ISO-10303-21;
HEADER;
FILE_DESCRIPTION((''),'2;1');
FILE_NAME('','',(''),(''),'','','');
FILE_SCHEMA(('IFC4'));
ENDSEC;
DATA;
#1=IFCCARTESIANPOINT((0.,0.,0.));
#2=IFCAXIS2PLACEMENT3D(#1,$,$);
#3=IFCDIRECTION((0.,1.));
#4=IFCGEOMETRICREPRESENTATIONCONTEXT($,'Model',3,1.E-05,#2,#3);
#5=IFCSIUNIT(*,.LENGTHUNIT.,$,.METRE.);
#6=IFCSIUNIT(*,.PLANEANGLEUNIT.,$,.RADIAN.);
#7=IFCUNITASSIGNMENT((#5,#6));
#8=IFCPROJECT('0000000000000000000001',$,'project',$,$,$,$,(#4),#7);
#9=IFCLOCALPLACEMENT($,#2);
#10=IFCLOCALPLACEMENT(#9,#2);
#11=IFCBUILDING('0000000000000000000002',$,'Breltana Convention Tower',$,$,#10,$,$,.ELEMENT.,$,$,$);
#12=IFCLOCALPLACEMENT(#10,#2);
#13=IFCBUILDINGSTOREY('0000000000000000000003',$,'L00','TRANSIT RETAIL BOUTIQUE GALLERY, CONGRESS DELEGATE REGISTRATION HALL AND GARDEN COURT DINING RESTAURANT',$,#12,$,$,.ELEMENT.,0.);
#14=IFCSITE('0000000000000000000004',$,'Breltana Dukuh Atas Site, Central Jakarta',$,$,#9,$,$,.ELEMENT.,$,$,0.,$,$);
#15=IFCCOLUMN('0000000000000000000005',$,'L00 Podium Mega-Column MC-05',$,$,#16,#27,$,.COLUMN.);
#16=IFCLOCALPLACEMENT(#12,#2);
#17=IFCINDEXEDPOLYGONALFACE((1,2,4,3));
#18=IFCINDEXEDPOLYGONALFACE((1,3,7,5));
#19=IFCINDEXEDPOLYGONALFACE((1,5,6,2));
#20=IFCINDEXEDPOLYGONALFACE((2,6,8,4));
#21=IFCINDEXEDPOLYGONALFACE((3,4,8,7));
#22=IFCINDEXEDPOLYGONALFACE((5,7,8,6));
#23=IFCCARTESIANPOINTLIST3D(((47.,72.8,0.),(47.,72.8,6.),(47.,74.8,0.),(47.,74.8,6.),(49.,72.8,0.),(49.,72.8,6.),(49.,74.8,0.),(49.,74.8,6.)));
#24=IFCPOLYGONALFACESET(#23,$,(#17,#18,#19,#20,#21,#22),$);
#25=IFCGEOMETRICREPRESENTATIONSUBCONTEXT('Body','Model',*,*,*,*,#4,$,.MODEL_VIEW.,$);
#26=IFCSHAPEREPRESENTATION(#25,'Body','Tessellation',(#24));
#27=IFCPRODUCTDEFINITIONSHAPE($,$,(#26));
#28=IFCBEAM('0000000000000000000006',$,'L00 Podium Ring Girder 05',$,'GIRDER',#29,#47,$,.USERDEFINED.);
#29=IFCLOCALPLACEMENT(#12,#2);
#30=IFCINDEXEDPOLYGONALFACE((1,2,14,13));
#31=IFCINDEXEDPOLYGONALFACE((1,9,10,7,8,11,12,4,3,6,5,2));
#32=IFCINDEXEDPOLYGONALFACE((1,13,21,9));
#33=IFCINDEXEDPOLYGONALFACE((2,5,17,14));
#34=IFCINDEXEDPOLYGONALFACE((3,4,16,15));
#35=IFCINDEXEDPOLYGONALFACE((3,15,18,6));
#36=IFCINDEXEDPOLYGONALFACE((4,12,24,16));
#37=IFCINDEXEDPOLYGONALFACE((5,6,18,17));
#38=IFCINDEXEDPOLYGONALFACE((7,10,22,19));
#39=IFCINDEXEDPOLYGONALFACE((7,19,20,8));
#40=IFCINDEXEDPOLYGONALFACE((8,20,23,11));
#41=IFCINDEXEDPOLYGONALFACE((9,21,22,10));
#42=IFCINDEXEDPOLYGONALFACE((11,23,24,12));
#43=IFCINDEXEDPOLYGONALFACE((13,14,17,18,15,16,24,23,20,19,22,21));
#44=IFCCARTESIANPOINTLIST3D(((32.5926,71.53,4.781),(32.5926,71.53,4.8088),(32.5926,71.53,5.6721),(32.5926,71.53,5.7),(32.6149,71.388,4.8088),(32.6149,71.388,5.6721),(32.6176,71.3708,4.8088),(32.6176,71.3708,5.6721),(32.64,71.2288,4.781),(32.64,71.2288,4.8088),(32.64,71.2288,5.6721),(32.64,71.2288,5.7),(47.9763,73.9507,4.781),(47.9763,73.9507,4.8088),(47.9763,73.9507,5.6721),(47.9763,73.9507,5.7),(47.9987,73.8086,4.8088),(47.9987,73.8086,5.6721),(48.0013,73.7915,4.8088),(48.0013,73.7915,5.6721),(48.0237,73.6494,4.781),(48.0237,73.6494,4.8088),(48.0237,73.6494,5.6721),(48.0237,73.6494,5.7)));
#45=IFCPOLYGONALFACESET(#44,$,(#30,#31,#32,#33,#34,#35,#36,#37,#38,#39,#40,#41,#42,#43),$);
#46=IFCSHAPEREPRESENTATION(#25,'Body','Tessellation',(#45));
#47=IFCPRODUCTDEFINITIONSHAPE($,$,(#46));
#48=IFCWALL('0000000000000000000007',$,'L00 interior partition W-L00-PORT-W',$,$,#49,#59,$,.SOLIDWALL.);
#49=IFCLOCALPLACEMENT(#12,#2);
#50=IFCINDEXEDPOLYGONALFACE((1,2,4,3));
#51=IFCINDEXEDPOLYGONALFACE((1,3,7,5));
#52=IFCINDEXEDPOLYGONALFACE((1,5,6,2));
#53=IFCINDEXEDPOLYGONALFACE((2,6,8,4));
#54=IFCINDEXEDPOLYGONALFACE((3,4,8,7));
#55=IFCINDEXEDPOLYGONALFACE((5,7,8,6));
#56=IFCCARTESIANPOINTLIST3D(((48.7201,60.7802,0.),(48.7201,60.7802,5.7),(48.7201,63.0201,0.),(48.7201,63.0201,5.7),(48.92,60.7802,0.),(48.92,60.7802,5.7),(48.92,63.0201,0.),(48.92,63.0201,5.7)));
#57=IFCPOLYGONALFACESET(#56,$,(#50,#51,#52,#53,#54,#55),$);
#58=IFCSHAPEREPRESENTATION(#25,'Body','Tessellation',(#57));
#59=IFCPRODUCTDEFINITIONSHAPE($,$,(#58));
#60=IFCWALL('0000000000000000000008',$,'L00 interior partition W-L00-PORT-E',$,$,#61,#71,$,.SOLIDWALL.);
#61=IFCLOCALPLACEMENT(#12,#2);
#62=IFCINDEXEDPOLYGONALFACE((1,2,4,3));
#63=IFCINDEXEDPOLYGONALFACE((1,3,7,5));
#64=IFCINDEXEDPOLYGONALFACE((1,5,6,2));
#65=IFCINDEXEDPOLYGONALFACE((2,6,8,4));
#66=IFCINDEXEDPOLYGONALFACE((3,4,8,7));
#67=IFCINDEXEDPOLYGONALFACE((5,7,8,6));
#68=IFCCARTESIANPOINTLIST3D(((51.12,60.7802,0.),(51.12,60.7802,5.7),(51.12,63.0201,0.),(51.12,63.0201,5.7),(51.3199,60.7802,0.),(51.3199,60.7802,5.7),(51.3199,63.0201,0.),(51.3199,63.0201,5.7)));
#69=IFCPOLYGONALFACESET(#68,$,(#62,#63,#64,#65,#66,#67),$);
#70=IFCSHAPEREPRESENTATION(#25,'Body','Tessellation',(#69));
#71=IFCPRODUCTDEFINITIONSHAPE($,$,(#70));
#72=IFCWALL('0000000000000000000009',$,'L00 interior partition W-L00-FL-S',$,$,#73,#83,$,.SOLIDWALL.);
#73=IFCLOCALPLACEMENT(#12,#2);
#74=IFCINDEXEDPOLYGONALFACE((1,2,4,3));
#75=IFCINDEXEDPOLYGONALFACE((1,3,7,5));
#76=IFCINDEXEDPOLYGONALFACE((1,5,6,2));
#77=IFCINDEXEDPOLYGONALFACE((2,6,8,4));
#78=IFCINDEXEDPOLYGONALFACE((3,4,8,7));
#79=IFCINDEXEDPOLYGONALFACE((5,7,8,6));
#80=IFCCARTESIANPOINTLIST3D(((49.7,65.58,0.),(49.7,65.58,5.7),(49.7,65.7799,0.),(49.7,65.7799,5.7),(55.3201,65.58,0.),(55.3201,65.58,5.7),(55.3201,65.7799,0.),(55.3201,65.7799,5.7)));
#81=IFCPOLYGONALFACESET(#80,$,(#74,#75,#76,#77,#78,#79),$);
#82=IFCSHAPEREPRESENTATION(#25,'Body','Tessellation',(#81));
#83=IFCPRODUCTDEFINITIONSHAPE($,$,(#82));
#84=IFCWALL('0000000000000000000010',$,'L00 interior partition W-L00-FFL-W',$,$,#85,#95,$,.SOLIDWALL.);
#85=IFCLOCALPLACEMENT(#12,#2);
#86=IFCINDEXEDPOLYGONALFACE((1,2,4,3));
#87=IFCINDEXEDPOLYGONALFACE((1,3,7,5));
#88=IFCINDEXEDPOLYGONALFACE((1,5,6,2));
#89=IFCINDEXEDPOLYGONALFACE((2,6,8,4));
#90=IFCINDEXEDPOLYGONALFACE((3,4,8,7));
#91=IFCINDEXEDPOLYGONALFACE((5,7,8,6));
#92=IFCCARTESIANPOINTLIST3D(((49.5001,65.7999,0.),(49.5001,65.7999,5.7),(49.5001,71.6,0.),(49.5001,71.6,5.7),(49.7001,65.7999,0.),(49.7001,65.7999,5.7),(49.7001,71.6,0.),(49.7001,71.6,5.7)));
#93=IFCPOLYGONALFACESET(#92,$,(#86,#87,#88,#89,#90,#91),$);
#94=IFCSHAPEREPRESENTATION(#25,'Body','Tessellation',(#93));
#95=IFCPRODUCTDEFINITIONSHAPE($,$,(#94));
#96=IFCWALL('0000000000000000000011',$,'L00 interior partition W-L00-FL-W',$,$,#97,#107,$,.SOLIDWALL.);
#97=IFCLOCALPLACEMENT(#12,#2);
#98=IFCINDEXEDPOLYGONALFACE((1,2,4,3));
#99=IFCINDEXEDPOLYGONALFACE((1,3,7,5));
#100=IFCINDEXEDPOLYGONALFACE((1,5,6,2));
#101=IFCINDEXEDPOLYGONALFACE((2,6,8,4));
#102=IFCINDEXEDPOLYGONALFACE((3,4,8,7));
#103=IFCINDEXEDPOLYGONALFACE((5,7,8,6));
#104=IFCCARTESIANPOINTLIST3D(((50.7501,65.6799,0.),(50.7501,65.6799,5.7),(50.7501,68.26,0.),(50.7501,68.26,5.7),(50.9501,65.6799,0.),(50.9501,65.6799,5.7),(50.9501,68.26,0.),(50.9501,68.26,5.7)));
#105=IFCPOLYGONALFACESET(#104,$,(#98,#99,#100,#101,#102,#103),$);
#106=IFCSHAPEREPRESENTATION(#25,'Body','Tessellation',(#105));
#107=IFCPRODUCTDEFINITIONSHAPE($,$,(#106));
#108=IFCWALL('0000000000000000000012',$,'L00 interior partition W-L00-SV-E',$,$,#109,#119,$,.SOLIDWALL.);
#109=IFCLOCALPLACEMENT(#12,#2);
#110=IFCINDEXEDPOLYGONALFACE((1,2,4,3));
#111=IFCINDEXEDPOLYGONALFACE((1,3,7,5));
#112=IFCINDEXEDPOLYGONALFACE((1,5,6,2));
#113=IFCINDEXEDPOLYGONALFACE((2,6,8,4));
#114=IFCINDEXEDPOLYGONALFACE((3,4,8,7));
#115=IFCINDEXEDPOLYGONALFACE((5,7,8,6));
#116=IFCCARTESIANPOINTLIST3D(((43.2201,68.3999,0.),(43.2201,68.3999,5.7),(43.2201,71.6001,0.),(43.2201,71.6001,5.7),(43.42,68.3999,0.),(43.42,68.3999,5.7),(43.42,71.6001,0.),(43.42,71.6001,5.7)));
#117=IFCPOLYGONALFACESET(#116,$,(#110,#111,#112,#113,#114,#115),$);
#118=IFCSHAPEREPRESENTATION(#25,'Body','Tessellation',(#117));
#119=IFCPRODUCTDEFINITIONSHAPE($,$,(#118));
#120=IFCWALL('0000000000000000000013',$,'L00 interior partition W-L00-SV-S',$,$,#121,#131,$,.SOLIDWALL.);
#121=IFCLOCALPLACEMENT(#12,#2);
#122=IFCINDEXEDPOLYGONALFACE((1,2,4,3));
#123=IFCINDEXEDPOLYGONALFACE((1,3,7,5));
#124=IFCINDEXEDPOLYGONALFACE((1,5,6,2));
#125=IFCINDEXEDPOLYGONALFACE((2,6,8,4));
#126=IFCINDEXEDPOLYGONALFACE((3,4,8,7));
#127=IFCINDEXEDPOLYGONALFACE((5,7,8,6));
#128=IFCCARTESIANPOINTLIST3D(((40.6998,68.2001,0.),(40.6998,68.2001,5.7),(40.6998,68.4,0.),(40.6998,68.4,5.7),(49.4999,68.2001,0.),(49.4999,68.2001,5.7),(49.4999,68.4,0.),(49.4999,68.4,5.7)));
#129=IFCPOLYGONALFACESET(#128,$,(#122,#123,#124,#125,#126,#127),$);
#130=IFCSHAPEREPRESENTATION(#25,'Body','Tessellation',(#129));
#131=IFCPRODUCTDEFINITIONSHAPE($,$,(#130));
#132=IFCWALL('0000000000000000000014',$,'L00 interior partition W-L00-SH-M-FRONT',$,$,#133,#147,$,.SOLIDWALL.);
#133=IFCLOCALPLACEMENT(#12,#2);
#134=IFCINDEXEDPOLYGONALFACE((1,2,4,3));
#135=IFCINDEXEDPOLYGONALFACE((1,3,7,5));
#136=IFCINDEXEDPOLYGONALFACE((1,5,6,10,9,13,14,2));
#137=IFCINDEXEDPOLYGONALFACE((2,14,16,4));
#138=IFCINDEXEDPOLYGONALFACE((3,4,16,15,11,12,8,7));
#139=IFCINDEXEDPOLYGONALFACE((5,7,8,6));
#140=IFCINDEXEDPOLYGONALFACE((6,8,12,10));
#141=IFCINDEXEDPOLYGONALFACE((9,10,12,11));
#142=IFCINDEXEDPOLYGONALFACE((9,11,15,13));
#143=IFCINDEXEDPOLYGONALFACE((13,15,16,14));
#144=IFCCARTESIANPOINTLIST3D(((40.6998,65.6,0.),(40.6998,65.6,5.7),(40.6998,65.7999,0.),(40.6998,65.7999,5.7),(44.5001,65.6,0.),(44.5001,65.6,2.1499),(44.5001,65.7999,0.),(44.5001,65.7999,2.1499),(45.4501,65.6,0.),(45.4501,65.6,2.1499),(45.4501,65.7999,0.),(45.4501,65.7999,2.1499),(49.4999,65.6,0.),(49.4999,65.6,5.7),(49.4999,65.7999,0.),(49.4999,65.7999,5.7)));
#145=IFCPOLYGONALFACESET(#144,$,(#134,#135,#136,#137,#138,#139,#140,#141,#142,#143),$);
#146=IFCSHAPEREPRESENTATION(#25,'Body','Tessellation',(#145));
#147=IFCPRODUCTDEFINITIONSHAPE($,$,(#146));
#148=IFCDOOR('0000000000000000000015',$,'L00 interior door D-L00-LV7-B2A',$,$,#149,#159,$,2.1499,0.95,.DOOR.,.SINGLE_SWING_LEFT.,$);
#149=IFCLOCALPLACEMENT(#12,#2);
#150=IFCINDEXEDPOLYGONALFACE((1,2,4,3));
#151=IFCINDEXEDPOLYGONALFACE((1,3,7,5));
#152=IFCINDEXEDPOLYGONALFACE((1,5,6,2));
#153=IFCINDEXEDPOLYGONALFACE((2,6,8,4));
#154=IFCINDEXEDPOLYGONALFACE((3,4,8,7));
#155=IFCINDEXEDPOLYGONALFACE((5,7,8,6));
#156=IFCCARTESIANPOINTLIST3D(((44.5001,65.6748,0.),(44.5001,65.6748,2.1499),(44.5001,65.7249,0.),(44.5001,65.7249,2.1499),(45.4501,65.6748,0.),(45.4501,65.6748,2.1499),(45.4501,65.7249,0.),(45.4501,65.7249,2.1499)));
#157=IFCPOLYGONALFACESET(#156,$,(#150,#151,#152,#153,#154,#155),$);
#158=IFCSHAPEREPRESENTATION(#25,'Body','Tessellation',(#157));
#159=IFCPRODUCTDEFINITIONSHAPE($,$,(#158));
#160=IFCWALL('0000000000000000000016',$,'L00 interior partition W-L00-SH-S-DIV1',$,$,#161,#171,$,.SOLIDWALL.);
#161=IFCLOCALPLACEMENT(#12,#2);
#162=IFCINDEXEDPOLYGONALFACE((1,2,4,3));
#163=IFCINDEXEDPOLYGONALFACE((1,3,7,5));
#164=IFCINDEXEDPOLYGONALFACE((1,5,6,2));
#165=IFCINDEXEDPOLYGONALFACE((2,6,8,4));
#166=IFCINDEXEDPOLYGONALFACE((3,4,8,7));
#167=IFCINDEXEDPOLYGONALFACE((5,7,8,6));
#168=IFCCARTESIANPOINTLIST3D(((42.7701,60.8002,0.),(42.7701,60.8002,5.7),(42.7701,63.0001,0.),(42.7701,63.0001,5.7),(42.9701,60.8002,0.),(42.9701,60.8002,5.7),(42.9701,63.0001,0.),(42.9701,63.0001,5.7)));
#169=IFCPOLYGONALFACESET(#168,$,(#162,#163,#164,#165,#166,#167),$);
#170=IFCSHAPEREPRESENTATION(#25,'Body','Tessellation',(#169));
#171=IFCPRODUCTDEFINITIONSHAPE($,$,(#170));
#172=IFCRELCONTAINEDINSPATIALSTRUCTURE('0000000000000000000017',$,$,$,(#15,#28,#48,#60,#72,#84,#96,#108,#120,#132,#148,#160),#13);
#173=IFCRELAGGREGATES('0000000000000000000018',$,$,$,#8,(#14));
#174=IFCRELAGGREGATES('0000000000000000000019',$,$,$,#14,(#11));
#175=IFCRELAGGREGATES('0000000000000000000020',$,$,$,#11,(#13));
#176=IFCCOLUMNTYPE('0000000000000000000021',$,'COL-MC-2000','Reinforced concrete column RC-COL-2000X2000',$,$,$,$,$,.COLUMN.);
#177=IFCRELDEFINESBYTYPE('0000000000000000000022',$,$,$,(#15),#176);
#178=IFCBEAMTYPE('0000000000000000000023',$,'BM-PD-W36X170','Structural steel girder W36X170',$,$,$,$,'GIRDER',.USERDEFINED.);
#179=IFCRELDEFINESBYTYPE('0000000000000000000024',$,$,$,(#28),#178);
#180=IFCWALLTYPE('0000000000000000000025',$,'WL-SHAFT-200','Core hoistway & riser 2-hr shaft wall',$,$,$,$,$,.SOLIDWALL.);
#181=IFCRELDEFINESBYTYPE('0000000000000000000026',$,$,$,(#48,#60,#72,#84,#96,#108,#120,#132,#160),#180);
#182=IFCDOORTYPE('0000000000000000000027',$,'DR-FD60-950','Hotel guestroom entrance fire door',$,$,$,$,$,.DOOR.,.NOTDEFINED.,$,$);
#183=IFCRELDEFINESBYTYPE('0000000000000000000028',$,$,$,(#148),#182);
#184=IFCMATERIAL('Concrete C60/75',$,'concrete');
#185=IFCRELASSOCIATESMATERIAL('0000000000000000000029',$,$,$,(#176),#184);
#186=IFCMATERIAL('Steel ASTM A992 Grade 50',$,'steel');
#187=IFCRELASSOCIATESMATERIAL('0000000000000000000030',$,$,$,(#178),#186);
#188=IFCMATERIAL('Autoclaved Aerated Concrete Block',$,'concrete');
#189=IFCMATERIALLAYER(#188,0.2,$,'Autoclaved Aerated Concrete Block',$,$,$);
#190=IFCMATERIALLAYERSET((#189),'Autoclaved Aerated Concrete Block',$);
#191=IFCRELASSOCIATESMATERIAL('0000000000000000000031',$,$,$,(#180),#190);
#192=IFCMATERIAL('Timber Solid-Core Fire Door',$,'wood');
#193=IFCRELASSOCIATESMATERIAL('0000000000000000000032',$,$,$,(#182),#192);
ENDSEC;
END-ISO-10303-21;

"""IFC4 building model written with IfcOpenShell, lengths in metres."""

from ifc_helpers import new_model, si_unit, direction, frame, frame_2d, origin, origin_2d, place, context, subcontext, project, spatial, rectangle, i_section, extrude, source, transform, mapped, material, layer, layer_set, material_profile, profile_set, type_object, type_shapes, element, fill, save


model = new_model("IFC4")

# Units and contexts
model_context = context("Model", 3, precision=1e-05, world=origin(), true_north=direction((0.0, 1.0)))
body_context = subcontext(model_context, "Body", "Model", "MODEL_VIEW")
ifc_project = project(units=[si_unit("LENGTHUNIT", "METRE"), si_unit("PLANEANGLEUNIT", "RADIAN")], contexts=[model_context])

# Site, building, storey
site_placement = place(None, origin())
site = spatial("IfcSite", under=ifc_project, at=site_placement, Name="Breltana Dukuh Atas Site, Central Jakarta", CompositionType="ELEMENT", RefElevation=0.0)
building_placement = place(site_placement, origin())
building = spatial("IfcBuilding", under=site, at=building_placement, Name="Breltana Convention Tower", CompositionType="ELEMENT")
storey_placement = place(building_placement, origin())
storey = spatial("IfcBuildingStorey", under=building, at=storey_placement, Name="L00", Description="TRANSIT RETAIL BOUTIQUE GALLERY, CONGRESS DELEGATE REGISTRATION HALL AND GARDEN COURT DINING RESTAURANT", CompositionType="ELEMENT", Elevation=0.0)

# Column
ifc_material_1 = material(Name="Concrete C60/75", Category="concrete")
ifc_material_profile_1 = material_profile(ifc_material_1, rectangle(XDim=2.0, YDim=2.0, at=origin_2d()), Name="RC-COL-2000X2000")
ifc_profile_set_1 = profile_set([ifc_material_profile_1], Name="Concrete C60/75")
column_type = type_object("IfcColumnType", Name="COL-MC-2000", Description="Reinforced concrete column RC-COL-2000X2000", PredefinedType="COLUMN", material=ifc_profile_set_1)
shared_shape_1 = source(origin(), body_context, "Body", "SweptSolid", [
    extrude(rectangle(XDim=2.0, YDim=2.0, at=origin_2d()), origin(), (0.0, 0.0, 1.0), 6.0),
])
column_placement = place(storey_placement, frame((48.0, 73.8, 0.0), z_axis=(0.0, 0.0, 1.0), x_axis=(0.0, 1.0, 0.0)))
element("IfcColumn", 1, at=column_placement, inside=storey, type_object=column_type, Name="L00 Podium Mega-Column MC-05", PredefinedType="COLUMN", context=body_context, shape_type="MappedRepresentation", body=[
    mapped(shared_shape_1, transform((0.0, 0.0, 0.0), scale=1.0)),
])

# Beam
ifc_material_2 = material(Name="Steel ASTM A992 Grade 50", Category="steel")
ifc_material_profile_2 = material_profile(ifc_material_2, i_section(OverallWidth=0.3049, OverallDepth=0.9189, WebThickness=0.0173, FlangeThickness=0.0278, at=origin_2d()), Name="W36X170")
ifc_profile_set_2 = profile_set([ifc_material_profile_2], Name="Steel ASTM A992 Grade 50")
beam_type = type_object("IfcBeamType", Name="BM-PD-W36X170", Description="Structural steel girder W36X170", ElementType="GIRDER", PredefinedType="USERDEFINED", material=ifc_profile_set_2)
shared_shape_2 = source(origin(), body_context, "Body", "SweptSolid", [
    extrude(i_section(OverallWidth=0.3049, OverallDepth=0.9189, WebThickness=0.0173, FlangeThickness=0.0278, at=origin_2d()), origin(), (0.0, 0.0, 1.0), 15.573),
])
beam_placement = place(storey_placement, frame((48.0, 73.8, 5.2405), z_axis=(-0.987846, -0.155438, 0.0), x_axis=(0.155438, -0.987846, 0.0)))
element("IfcBeam", 2, at=beam_placement, inside=storey, type_object=beam_type, Name="L00 Podium Ring Girder 05", ObjectType="GIRDER", PredefinedType="USERDEFINED", context=body_context, shape_type="MappedRepresentation", body=[
    mapped(shared_shape_2, transform((0.0, 0.0, 0.0), scale=1.0)),
])

# Walls
ifc_material_3 = material(Name="Autoclaved Aerated Concrete Block", Category="concrete")
ifc_layer_1 = layer(ifc_material_3, 0.2, Name="Autoclaved Aerated Concrete Block")
ifc_layer_set_1 = layer_set([ifc_layer_1], Name="Autoclaved Aerated Concrete Block")
wall_type_1 = type_object("IfcWallType", Name="WL-SHAFT-200", Description="Core hoistway & riser 2-hr shaft wall", PredefinedType="SOLIDWALL", material=ifc_layer_set_1)
shared_shape_3 = source(origin(), body_context, "Body", "SweptSolid", [
    extrude(rectangle(XDim=2.24, YDim=0.2, at=frame_2d((1.1201, 0.0))), origin(), (0.0, 0.0, 1.0), 5.7),
])
for number, where, z_axis, x_axis, name in (
    (3, (48.8201, 60.78, 0.0), (0.0, 0.0, 1.0), (0.0, 1.0, 0.0), "L00 interior partition W-L00-PORT-W"),
    (4, (51.22, 60.78, 0.0), (0.0, 0.0, 1.0), (0.0, 1.0, 0.0), "L00 interior partition W-L00-PORT-E"),
):
    element("IfcWall", number, at=place(storey_placement, frame(where, z_axis=z_axis, x_axis=x_axis)), inside=storey, type_object=wall_type_1, Name=name, PredefinedType="SOLIDWALL", context=body_context, shape_type="MappedRepresentation", body=[
        mapped(shared_shape_3, transform((0.0, 0.0, 0.0), scale=1.0)),
    ])

# Shared definitions
shared_shape_4 = source(origin(), body_context, "Body", "SweptSolid", [
    extrude(rectangle(XDim=5.6201, YDim=0.2, at=frame_2d((2.8101, 0.0))), origin(), (0.0, 0.0, 1.0), 5.7),
])

# Walls
wall_1_placement = place(storey_placement, frame((49.7, 65.6799, 0.0), z_axis=(0.0, 0.0, 1.0), x_axis=(1.0, 0.0, 0.0)))
element("IfcWall", 5, at=wall_1_placement, inside=storey, type_object=wall_type_1, Name="L00 interior partition W-L00-FL-S", PredefinedType="SOLIDWALL", context=body_context, shape_type="MappedRepresentation", body=[
    mapped(shared_shape_4, transform((0.0, 0.0, 0.0), scale=1.0)),
])
shared_shape_5 = source(origin(), body_context, "Body", "SweptSolid", [
    extrude(rectangle(XDim=5.8, YDim=0.2, at=frame_2d((2.8999, 0.0))), origin(), (0.0, 0.0, 1.0), 5.7),
])
wall_2_placement = place(storey_placement, frame((49.6001, 65.8, 0.0), z_axis=(0.0, 0.0, 1.0), x_axis=(0.0, 1.0, 0.0)))
element("IfcWall", 6, at=wall_2_placement, inside=storey, type_object=wall_type_1, Name="L00 interior partition W-L00-FFL-W", PredefinedType="SOLIDWALL", context=body_context, shape_type="MappedRepresentation", body=[
    mapped(shared_shape_5, transform((0.0, 0.0, 0.0), scale=1.0)),
])
shared_shape_6 = source(origin(), body_context, "Body", "SweptSolid", [
    extrude(rectangle(XDim=2.5801, YDim=0.2, at=frame_2d((1.29, 0.0))), origin(), (0.0, 0.0, 1.0), 5.7),
])
wall_3_placement = place(storey_placement, frame((50.8501, 65.6799, 0.0), z_axis=(0.0, 0.0, 1.0), x_axis=(0.0, 1.0, 0.0)))
element("IfcWall", 7, at=wall_3_placement, inside=storey, type_object=wall_type_1, Name="L00 interior partition W-L00-FL-W", PredefinedType="SOLIDWALL", context=body_context, shape_type="MappedRepresentation", body=[
    mapped(shared_shape_6, transform((0.0, 0.0, 0.0), scale=1.0)),
])
shared_shape_7 = source(origin(), body_context, "Body", "SweptSolid", [
    extrude(rectangle(XDim=3.2002, YDim=0.2, at=frame_2d((1.6001, 0.0))), origin(), (0.0, 0.0, 1.0), 5.7),
])
wall_4_placement = place(storey_placement, frame((43.3201, 68.3999, 0.0), z_axis=(0.0, 0.0, 1.0), x_axis=(0.0, 1.0, 0.0)))
element("IfcWall", 8, at=wall_4_placement, inside=storey, type_object=wall_type_1, Name="L00 interior partition W-L00-SV-E", PredefinedType="SOLIDWALL", context=body_context, shape_type="MappedRepresentation", body=[
    mapped(shared_shape_7, transform((0.0, 0.0, 0.0), scale=1.0)),
])
shared_shape_8 = source(origin(), body_context, "Body", "SweptSolid", [
    extrude(rectangle(XDim=8.8, YDim=0.2, at=frame_2d((4.3999, 0.0))), origin(), (0.0, 0.0, 1.0), 5.7),
])
wall_5_placement = place(storey_placement, frame((40.7, 68.3, 0.0), z_axis=(0.0, 0.0, 1.0), x_axis=(1.0, 0.0, 0.0)))
element("IfcWall", 9, at=wall_5_placement, inside=storey, type_object=wall_type_1, Name="L00 interior partition W-L00-SV-S", PredefinedType="SOLIDWALL", context=body_context, shape_type="MappedRepresentation", body=[
    mapped(shared_shape_8, transform((0.0, 0.0, 0.0), scale=1.0)),
])

# Wall, opening, door
wall_6_placement = place(storey_placement, frame((40.7, 65.7, 0.0), z_axis=(0.0, 0.0, 1.0), x_axis=(1.0, 0.0, 0.0)))
wall_6 = element("IfcWall", 10, at=wall_6_placement, inside=storey, type_object=wall_type_1, Name="L00 interior partition W-L00-SH-M-FRONT", PredefinedType="SOLIDWALL", context=body_context, shape_type="MappedRepresentation", body=[
    mapped(shared_shape_8, transform((0.0, 0.0, 0.0), scale=1.0)),
])
opening_1_placement = place(wall_6_placement, frame((3.8, 0.0, 0.0)))
opening_1 = element("IfcOpeningElement", 11, at=opening_1_placement, cuts=wall_6, PredefinedType="OPENING", context=body_context, shape_type="SweptSolid", body=[
    extrude(rectangle(XDim=0.95, YDim=2.1499, at=frame_2d((0.4751, 1.075))), frame((0.0, 0.1099, 0.0), z_axis=(0.0, -1.0, 0.0), x_axis=(1.0, 0.0, 0.0)), (0.0, 0.0, 1.0), 0.22),
])
ifc_material_4 = material(Name="Timber Solid-Core Fire Door", Category="wood")
door_type_1 = type_object("IfcDoorType", Name="DR-FD60-950", Description="Hotel guestroom entrance fire door", OperationType="NOTDEFINED", PredefinedType="DOOR", material=ifc_material_4)
shared_shape_9 = source(origin(), body_context, "Body", "SweptSolid", [
    extrude(rectangle(XDim=0.95, YDim=2.1499, at=frame_2d((0.4751, 1.075))), frame((0.0, 0.0249, 0.0), z_axis=(0.0, -1.0, 0.0), x_axis=(1.0, 0.0, 0.0)), (0.0, 0.0, 1.0), 0.05),
])
type_shapes(door_type_1, [shared_shape_9])
door_1_placement = place(opening_1_placement, origin())
door_1 = element("IfcDoor", 12, at=door_1_placement, inside=storey, type_object=door_type_1, Name="L00 interior door D-L00-LV7-B2A", OperationType="SINGLE_SWING_LEFT", OverallHeight=2.1499, OverallWidth=0.95, PredefinedType="DOOR", context=body_context, shape_type="MappedRepresentation", body=[
    mapped(shared_shape_9, transform((0.0, 0.0, 0.0), scale=1.0)),
])
fill(opening_1, door_1)

# Wall
shared_shape_10 = source(origin(), body_context, "Body", "SweptSolid", [
    extrude(rectangle(XDim=2.2, YDim=0.2, at=frame_2d((1.1001, 0.0))), origin(), (0.0, 0.0, 1.0), 5.7),
])
for number, where, z_axis, x_axis, name in (
    (13, (42.8701, 60.8, 0.0), (0.0, 0.0, 1.0), (0.0, 1.0, 0.0), "L00 interior partition W-L00-SH-S-DIV1"),
):
    element("IfcWall", number, at=place(storey_placement, frame(where, z_axis=z_axis, x_axis=x_axis)), inside=storey, type_object=wall_type_1, Name=name, PredefinedType="SOLIDWALL", context=body_context, shape_type="MappedRepresentation", body=[
        mapped(shared_shape_10, transform((0.0, 0.0, 0.0), scale=1.0)),
    ])

save(model, "model.ifc")
